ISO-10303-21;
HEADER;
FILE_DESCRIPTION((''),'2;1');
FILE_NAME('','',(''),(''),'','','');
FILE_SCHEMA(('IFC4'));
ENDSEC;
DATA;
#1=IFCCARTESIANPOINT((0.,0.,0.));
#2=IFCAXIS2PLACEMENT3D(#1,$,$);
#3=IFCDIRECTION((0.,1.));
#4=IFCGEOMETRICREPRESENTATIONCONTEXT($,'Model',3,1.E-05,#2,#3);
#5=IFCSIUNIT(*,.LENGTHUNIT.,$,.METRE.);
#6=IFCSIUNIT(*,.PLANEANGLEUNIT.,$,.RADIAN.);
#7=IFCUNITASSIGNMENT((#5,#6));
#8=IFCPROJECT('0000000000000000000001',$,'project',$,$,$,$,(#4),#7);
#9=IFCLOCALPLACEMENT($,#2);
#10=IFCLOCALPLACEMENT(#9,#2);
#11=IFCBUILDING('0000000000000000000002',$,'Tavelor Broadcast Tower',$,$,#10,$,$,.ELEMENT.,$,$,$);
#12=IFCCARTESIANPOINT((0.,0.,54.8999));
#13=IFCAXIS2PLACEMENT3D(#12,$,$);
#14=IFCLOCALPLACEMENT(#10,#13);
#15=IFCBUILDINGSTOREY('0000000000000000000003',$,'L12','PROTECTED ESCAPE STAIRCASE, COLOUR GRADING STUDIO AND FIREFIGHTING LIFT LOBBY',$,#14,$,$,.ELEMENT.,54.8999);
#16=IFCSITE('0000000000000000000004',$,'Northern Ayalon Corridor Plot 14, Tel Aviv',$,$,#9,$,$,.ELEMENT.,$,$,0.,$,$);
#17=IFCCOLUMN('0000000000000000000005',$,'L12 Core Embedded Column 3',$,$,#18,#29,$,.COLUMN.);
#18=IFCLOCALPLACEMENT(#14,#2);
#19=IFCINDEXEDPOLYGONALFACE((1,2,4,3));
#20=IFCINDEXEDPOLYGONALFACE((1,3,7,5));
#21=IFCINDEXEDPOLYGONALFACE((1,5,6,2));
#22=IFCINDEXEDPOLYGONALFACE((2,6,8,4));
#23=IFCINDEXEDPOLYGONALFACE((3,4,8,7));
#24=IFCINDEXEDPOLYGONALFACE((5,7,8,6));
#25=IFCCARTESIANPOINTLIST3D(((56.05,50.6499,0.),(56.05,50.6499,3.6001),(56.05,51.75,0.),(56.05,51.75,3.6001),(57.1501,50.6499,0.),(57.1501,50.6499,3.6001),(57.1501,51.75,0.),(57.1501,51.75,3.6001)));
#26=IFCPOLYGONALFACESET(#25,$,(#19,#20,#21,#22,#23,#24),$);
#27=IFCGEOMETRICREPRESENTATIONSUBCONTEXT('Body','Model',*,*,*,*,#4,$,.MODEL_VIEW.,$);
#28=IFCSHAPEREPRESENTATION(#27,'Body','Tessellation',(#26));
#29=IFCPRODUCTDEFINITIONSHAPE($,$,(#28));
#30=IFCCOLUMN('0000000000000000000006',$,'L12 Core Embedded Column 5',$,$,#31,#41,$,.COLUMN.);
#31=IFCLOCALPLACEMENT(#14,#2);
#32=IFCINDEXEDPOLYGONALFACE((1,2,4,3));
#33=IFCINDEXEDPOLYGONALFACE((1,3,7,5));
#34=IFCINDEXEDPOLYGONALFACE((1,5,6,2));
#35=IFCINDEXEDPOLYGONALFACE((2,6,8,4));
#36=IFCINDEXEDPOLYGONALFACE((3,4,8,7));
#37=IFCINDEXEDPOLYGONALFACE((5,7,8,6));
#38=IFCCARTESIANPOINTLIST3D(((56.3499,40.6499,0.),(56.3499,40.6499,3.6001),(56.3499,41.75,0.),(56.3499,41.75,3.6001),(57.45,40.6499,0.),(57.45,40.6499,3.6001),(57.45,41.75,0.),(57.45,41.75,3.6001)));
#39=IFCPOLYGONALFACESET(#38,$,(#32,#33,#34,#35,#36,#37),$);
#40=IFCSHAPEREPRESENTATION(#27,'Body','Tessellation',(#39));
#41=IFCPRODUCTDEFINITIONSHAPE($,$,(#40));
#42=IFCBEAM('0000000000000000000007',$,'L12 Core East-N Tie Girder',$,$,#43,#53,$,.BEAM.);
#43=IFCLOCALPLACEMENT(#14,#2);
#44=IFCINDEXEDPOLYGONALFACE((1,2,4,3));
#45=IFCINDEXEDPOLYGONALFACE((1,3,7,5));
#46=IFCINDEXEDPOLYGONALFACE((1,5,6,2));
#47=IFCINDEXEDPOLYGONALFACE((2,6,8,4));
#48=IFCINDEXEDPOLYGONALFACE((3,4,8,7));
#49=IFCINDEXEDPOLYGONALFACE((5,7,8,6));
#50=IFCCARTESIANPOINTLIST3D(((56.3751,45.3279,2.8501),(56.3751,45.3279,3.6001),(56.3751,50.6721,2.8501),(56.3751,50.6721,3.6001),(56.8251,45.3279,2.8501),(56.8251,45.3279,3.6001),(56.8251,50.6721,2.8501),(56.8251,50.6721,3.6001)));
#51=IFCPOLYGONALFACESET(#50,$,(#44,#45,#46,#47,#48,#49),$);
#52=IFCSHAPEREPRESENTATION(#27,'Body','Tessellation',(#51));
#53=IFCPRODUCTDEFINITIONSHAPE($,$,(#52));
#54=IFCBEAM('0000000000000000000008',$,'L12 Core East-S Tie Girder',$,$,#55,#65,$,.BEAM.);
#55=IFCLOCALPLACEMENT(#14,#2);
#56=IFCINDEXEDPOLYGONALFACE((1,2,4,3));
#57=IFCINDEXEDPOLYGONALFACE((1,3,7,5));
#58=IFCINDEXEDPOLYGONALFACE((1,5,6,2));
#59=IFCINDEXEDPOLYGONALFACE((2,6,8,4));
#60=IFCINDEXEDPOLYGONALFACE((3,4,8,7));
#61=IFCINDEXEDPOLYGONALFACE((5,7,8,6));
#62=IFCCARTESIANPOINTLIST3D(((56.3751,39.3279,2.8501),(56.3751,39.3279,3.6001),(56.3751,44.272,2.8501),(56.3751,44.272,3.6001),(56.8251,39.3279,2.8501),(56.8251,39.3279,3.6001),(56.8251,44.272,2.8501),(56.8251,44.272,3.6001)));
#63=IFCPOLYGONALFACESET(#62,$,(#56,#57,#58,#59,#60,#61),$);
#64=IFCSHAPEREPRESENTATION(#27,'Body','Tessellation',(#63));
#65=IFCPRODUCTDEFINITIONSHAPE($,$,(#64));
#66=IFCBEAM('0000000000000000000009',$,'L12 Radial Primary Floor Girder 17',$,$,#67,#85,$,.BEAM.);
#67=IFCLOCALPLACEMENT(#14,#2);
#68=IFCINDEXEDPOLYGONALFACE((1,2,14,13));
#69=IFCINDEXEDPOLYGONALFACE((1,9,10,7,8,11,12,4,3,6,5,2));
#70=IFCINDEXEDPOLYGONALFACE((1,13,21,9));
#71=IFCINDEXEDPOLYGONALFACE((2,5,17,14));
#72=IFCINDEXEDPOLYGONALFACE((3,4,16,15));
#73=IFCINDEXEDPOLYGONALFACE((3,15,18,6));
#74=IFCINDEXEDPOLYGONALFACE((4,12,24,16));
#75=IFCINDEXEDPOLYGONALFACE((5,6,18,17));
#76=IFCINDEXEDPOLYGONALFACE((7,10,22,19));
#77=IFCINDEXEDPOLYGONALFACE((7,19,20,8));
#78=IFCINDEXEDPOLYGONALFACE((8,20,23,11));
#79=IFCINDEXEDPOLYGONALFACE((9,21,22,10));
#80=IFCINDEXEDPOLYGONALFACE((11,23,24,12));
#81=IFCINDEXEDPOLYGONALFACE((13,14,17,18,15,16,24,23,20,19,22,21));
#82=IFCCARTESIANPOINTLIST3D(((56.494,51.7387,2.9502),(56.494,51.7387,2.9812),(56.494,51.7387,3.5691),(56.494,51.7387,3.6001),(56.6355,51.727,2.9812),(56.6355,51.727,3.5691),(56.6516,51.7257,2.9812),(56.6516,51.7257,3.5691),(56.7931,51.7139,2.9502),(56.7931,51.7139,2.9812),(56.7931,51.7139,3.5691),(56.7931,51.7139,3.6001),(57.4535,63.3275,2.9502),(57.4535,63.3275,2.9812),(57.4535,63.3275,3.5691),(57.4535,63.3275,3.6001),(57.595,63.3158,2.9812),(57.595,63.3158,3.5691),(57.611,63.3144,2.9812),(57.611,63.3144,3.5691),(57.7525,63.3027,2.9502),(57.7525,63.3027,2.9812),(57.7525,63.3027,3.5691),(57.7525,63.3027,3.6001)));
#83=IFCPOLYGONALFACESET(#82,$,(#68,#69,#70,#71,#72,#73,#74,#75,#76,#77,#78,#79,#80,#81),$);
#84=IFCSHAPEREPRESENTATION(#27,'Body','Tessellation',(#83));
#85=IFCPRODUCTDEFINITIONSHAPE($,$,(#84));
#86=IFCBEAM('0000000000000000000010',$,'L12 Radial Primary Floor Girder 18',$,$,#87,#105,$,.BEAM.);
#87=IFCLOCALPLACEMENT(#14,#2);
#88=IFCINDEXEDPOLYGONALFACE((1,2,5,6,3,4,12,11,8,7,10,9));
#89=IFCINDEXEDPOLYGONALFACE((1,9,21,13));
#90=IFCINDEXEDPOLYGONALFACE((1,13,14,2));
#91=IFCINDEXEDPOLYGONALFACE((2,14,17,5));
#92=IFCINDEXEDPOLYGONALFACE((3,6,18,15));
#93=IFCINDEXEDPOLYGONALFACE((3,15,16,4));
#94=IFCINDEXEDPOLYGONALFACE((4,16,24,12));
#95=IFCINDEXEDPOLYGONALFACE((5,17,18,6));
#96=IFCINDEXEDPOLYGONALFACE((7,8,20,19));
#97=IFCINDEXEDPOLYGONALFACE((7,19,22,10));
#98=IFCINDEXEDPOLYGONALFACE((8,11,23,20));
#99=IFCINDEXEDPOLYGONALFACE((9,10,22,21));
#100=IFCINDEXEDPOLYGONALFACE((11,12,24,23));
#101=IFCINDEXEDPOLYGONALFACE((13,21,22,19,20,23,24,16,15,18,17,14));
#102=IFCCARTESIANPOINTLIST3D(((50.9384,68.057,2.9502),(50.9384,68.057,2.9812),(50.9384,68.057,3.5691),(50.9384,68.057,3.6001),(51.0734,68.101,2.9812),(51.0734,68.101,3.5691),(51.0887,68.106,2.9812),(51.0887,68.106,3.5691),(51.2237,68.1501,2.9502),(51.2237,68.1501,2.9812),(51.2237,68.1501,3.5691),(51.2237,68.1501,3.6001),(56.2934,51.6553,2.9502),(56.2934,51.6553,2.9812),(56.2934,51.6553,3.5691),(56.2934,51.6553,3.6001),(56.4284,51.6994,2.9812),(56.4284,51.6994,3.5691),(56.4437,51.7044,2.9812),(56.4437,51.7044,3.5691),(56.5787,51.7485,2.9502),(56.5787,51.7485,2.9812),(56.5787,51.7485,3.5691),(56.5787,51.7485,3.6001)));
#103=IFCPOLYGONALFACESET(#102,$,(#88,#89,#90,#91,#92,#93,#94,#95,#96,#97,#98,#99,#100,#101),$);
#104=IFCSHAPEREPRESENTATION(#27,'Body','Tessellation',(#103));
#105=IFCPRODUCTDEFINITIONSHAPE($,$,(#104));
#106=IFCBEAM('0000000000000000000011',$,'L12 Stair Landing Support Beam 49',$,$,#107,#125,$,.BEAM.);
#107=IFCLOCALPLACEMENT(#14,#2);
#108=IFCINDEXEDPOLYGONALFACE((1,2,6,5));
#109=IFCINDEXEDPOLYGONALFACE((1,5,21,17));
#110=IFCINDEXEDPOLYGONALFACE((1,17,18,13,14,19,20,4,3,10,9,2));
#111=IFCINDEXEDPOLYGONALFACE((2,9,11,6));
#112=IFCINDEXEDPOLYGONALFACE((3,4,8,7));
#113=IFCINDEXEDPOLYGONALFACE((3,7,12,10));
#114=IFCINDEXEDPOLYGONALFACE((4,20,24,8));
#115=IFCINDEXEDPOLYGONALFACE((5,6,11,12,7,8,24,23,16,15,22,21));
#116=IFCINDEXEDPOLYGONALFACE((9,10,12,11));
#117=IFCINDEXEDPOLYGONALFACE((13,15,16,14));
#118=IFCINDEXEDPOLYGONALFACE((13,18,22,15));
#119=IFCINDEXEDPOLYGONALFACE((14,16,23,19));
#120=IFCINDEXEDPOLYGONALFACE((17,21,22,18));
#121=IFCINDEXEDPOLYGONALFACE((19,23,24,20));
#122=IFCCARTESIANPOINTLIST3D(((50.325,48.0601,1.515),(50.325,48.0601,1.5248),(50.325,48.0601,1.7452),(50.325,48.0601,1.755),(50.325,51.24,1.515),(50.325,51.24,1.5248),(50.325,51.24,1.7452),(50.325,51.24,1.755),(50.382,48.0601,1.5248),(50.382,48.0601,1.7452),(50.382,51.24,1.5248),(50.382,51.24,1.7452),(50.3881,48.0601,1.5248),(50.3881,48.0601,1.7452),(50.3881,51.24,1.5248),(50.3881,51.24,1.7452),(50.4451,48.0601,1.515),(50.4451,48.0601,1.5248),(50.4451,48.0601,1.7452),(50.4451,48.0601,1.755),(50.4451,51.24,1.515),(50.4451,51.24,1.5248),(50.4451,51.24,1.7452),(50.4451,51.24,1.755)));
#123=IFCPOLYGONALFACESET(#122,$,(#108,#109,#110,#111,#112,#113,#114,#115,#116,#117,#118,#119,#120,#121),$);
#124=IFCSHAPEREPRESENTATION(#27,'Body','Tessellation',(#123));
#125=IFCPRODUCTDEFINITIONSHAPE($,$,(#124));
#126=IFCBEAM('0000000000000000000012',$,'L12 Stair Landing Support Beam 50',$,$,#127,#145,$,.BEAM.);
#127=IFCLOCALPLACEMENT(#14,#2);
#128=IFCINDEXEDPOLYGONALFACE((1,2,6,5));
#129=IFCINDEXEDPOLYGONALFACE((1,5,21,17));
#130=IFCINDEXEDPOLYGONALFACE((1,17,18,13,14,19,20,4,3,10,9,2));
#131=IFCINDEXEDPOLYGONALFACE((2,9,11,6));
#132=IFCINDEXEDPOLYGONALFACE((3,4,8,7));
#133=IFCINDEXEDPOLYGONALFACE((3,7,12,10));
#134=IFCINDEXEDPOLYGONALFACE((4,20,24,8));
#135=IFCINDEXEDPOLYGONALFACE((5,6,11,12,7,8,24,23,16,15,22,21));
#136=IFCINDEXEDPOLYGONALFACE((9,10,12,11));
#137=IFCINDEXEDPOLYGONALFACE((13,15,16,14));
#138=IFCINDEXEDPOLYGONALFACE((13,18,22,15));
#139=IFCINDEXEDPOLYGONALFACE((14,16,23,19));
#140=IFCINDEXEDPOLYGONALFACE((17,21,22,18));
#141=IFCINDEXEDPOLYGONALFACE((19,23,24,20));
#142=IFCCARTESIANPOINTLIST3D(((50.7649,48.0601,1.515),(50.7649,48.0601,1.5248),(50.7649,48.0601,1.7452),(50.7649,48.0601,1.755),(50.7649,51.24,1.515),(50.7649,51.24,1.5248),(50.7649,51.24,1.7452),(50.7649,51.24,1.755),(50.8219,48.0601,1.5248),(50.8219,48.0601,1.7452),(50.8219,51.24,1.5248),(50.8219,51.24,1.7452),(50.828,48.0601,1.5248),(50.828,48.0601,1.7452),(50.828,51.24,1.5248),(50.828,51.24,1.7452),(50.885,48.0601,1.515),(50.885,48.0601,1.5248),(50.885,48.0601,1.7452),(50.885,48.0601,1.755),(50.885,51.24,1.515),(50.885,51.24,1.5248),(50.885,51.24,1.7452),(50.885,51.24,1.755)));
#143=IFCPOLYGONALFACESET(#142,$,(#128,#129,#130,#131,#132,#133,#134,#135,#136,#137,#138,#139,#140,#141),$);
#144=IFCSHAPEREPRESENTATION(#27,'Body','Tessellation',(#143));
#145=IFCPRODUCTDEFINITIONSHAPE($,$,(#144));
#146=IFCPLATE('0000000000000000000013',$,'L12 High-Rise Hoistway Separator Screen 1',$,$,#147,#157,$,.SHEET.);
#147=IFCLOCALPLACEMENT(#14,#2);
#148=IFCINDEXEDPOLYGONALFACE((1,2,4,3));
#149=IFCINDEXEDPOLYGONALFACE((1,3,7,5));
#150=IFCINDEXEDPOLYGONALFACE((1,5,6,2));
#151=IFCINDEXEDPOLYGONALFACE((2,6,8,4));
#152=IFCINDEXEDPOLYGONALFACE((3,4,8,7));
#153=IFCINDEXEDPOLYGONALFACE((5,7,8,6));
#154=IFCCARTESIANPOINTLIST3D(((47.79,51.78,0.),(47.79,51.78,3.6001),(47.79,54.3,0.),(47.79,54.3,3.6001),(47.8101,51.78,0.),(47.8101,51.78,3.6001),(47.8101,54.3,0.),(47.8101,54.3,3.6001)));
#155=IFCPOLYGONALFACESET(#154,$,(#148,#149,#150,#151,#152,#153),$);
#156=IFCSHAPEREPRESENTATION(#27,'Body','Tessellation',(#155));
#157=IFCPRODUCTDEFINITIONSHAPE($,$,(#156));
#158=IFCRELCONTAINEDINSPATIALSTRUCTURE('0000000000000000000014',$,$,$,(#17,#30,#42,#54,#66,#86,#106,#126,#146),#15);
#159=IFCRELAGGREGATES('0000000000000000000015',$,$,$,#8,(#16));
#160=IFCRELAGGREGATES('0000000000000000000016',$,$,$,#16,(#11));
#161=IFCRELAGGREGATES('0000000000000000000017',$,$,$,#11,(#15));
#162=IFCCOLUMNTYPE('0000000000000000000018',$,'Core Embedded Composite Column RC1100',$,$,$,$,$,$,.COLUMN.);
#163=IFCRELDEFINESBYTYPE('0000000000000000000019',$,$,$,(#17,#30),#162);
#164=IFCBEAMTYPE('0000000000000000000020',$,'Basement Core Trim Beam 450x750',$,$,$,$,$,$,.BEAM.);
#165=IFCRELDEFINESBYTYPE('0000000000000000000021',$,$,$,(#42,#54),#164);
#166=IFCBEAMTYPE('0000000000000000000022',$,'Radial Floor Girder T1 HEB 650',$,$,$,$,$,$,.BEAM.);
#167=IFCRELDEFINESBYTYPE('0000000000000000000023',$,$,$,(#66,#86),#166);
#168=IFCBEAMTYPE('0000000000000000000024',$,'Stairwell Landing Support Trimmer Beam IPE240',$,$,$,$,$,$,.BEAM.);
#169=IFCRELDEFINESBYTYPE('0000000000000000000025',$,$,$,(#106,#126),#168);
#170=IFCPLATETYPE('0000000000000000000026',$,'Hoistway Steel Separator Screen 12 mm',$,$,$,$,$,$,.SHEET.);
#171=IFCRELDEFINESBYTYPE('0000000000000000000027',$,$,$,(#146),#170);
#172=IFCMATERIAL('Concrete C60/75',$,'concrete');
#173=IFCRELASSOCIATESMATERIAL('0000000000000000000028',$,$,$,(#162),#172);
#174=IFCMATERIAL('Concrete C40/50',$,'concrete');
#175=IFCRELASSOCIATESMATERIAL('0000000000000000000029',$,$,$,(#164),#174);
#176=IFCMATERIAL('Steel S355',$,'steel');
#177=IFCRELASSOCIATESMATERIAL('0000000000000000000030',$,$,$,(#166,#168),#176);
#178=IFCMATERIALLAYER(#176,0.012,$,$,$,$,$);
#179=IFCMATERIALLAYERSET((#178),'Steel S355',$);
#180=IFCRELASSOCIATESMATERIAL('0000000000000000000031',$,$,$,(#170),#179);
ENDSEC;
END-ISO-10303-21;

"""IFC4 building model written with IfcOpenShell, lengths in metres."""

from ifc_helpers import new_model, si_unit, direction, frame, origin, origin_2d, place, context, subcontext, project, spatial, rectangle, i_section, extrude, source, transform, mapped, material, layer, layer_set, material_profile, profile_set, type_object, type_shapes, element, save


model = new_model("IFC4")

# Units and contexts
model_context = context("Model", 3, precision=1e-05, world=origin(), true_north=direction((0.0, 1.0)))
body_context = subcontext(model_context, "Body", "Model", "MODEL_VIEW")
ifc_project = project(units=[si_unit("LENGTHUNIT", "METRE"), si_unit("PLANEANGLEUNIT", "RADIAN")], contexts=[model_context])

# Site, building, storey
site_placement = place(None, origin())
site = spatial("IfcSite", under=ifc_project, at=site_placement, Name="Northern Ayalon Corridor Plot 14, Tel Aviv", CompositionType="ELEMENT", RefElevation=0.0)
building_placement = place(site_placement, origin())
building = spatial("IfcBuilding", under=site, at=building_placement, Name="Tavelor Broadcast Tower", CompositionType="ELEMENT")
storey_placement = place(building_placement, frame((0.0, 0.0, 54.8999)))
storey = spatial("IfcBuildingStorey", under=building, at=storey_placement, Name="L12", Description="PROTECTED ESCAPE STAIRCASE, COLOUR GRADING STUDIO AND FIREFIGHTING LIFT LOBBY", CompositionType="ELEMENT", Elevation=54.8999)

# Columns
ifc_material_1 = material(Name="Concrete C60/75", Category="concrete")
ifc_material_profile_1 = material_profile(ifc_material_1, rectangle(XDim=1.1001, YDim=1.1001, at=origin_2d()), Name="RC 1100x1100")
ifc_profile_set_1 = profile_set([ifc_material_profile_1], Name="Concrete C60/75")
column_type = type_object("IfcColumnType", Name="Core Embedded Composite Column RC1100", PredefinedType="COLUMN", material=ifc_profile_set_1)
for number, where, z_axis, x_axis, name in (
    (1, (56.6001, 51.2, 0.0), (0.0, 0.0, 1.0), (1.0, 0.0, 0.0), "L12 Core Embedded Column 3"),
    (2, (56.8999, 41.2, 0.0), (0.0, 0.0, 1.0), (1.0, 0.0, 0.0), "L12 Core Embedded Column 5"),
):
    element("IfcColumn", number, at=place(storey_placement, frame(where, z_axis=z_axis, x_axis=x_axis)), inside=storey, type_object=column_type, Name=name, PredefinedType="COLUMN", context=body_context, shape_type="SweptSolid", body=[
        extrude(rectangle(XDim=1.1001, YDim=1.1001, at=origin_2d()), origin(), (0.0, 0.0, 1.0), 3.6001),
    ])

# Beams
ifc_material_2 = material(Name="Concrete C40/50", Category="concrete")
ifc_material_profile_2 = material_profile(ifc_material_2, rectangle(XDim=0.45, YDim=0.75, at=origin_2d()), Name="RC 450x750")
ifc_profile_set_2 = profile_set([ifc_material_profile_2], Name="Concrete C40/50")
beam_type_1 = type_object("IfcBeamType", Name="Basement Core Trim Beam 450x750", PredefinedType="BEAM", material=ifc_profile_set_2)
beam_1_placement = place(storey_placement, frame((56.6001, 45.3279, 3.2251), z_axis=(0.0, 1.0, 0.0), x_axis=(-1.0, 0.0, 0.0)))
element("IfcBeam", 3, at=beam_1_placement, inside=storey, type_object=beam_type_1, Name="L12 Core East-N Tie Girder", PredefinedType="BEAM", context=body_context, shape_type="SweptSolid", body=[
    extrude(rectangle(XDim=0.45, YDim=0.75, at=origin_2d()), origin(), (0.0, 0.0, 1.0), 5.3442),
])
beam_2_placement = place(storey_placement, frame((56.6001, 39.3279, 3.2251), z_axis=(0.0, 1.0, 0.0), x_axis=(-1.0, 0.0, 0.0)))
element("IfcBeam", 4, at=beam_2_placement, inside=storey, type_object=beam_type_1, Name="L12 Core East-S Tie Girder", PredefinedType="BEAM", context=body_context, shape_type="SweptSolid", body=[
    extrude(rectangle(XDim=0.45, YDim=0.75, at=origin_2d()), origin(), (0.0, 0.0, 1.0), 4.9441),
])
ifc_material_3 = material(Name="Steel S355", Category="steel")
ifc_material_profile_3 = material_profile(ifc_material_3, i_section(OverallWidth=0.3, OverallDepth=0.6499, WebThickness=0.0161, FlangeThickness=0.031, at=origin_2d()), Name="HEB 650")
ifc_profile_set_3 = profile_set([ifc_material_profile_3], Name="Steel S355")
beam_type_2 = type_object("IfcBeamType", Name="Radial Floor Girder T1 HEB 650", PredefinedType="BEAM", material=ifc_profile_set_3)
beam_3_placement = place(storey_placement, frame((56.6436, 51.7263, 3.2751), z_axis=(0.08251, 0.99659, 0.0), x_axis=(-0.99659, 0.08251, 0.0)))
element("IfcBeam", 5, at=beam_3_placement, inside=storey, type_object=beam_type_2, Name="L12 Radial Primary Floor Girder 17", PredefinedType="BEAM", context=body_context, shape_type="SweptSolid", body=[
    extrude(i_section(OverallWidth=0.3, OverallDepth=0.6499, WebThickness=0.0161, FlangeThickness=0.031, at=origin_2d()), origin(), (0.0, 0.0, 1.0), 11.6284),
])
beam_4_placement = place(storey_placement, frame((56.436, 51.7019, 3.2751), z_axis=(-0.310368, 0.950617, 0.0), x_axis=(-0.950617, -0.310368, 0.0)))
element("IfcBeam", 6, at=beam_4_placement, inside=storey, type_object=beam_type_2, Name="L12 Radial Primary Floor Girder 18", PredefinedType="BEAM", context=body_context, shape_type="SweptSolid", body=[
    extrude(i_section(OverallWidth=0.3, OverallDepth=0.6499, WebThickness=0.0161, FlangeThickness=0.031, at=origin_2d()), origin(), (0.0, 0.0, 1.0), 17.2537),
])
ifc_material_profile_4 = material_profile(ifc_material_3, i_section(OverallWidth=0.1201, OverallDepth=0.24, WebThickness=0.0061, FlangeThickness=0.0098, at=origin_2d()), Name="IPE 240")
ifc_profile_set_4 = profile_set([ifc_material_profile_4], Name="Steel S355")
beam_type_3 = type_object("IfcBeamType", Name="Stairwell Landing Support Trimmer Beam IPE240", PredefinedType="BEAM", material=ifc_profile_set_4)
for number, where, z_axis, x_axis, name in (
    (7, (50.385, 48.0601, 1.635), (0.0, 1.0, 0.0), (-1.0, 0.0, 0.0), "L12 Stair Landing Support Beam 49"),
    (8, (50.825, 48.0601, 1.635), (0.0, 1.0, 0.0), (-1.0, 0.0, 0.0), "L12 Stair Landing Support Beam 50"),
):
    element("IfcBeam", number, at=place(storey_placement, frame(where, z_axis=z_axis, x_axis=x_axis)), inside=storey, type_object=beam_type_3, Name=name, PredefinedType="BEAM", context=body_context, shape_type="SweptSolid", body=[
        extrude(i_section(OverallWidth=0.1201, OverallDepth=0.24, WebThickness=0.0061, FlangeThickness=0.0098, at=origin_2d()), origin(), (0.0, 0.0, 1.0), 3.1799),
    ])

# Plate
ifc_layer_1 = layer(ifc_material_3, 0.012)
ifc_layer_set_1 = layer_set([ifc_layer_1], Name="Steel S355")
plate_type = type_object("IfcPlateType", Name="Hoistway Steel Separator Screen 12 mm", PredefinedType="SHEET", material=ifc_layer_set_1)
shared_shape = source(origin(), body_context, "Body", "SweptSolid", [
    extrude(rectangle(XDim=0.02, YDim=2.52, at=origin_2d()), origin(), (0.0, 0.0, 1.0), 3.6001),
])
type_shapes(plate_type, [shared_shape])
plate_placement = place(storey_placement, frame((47.8, 53.04, 0.0), z_axis=(0.0, 0.0, 1.0), x_axis=(1.0, 0.0, 0.0)))
element("IfcPlate", 9, at=plate_placement, inside=storey, type_object=plate_type, Name="L12 High-Rise Hoistway Separator Screen 1", PredefinedType="SHEET", context=body_context, shape_type="MappedRepresentation", body=[
    mapped(shared_shape, transform((0.0, 0.0, 0.0), scale=1.0)),
])

save(model, "model.ifc")
